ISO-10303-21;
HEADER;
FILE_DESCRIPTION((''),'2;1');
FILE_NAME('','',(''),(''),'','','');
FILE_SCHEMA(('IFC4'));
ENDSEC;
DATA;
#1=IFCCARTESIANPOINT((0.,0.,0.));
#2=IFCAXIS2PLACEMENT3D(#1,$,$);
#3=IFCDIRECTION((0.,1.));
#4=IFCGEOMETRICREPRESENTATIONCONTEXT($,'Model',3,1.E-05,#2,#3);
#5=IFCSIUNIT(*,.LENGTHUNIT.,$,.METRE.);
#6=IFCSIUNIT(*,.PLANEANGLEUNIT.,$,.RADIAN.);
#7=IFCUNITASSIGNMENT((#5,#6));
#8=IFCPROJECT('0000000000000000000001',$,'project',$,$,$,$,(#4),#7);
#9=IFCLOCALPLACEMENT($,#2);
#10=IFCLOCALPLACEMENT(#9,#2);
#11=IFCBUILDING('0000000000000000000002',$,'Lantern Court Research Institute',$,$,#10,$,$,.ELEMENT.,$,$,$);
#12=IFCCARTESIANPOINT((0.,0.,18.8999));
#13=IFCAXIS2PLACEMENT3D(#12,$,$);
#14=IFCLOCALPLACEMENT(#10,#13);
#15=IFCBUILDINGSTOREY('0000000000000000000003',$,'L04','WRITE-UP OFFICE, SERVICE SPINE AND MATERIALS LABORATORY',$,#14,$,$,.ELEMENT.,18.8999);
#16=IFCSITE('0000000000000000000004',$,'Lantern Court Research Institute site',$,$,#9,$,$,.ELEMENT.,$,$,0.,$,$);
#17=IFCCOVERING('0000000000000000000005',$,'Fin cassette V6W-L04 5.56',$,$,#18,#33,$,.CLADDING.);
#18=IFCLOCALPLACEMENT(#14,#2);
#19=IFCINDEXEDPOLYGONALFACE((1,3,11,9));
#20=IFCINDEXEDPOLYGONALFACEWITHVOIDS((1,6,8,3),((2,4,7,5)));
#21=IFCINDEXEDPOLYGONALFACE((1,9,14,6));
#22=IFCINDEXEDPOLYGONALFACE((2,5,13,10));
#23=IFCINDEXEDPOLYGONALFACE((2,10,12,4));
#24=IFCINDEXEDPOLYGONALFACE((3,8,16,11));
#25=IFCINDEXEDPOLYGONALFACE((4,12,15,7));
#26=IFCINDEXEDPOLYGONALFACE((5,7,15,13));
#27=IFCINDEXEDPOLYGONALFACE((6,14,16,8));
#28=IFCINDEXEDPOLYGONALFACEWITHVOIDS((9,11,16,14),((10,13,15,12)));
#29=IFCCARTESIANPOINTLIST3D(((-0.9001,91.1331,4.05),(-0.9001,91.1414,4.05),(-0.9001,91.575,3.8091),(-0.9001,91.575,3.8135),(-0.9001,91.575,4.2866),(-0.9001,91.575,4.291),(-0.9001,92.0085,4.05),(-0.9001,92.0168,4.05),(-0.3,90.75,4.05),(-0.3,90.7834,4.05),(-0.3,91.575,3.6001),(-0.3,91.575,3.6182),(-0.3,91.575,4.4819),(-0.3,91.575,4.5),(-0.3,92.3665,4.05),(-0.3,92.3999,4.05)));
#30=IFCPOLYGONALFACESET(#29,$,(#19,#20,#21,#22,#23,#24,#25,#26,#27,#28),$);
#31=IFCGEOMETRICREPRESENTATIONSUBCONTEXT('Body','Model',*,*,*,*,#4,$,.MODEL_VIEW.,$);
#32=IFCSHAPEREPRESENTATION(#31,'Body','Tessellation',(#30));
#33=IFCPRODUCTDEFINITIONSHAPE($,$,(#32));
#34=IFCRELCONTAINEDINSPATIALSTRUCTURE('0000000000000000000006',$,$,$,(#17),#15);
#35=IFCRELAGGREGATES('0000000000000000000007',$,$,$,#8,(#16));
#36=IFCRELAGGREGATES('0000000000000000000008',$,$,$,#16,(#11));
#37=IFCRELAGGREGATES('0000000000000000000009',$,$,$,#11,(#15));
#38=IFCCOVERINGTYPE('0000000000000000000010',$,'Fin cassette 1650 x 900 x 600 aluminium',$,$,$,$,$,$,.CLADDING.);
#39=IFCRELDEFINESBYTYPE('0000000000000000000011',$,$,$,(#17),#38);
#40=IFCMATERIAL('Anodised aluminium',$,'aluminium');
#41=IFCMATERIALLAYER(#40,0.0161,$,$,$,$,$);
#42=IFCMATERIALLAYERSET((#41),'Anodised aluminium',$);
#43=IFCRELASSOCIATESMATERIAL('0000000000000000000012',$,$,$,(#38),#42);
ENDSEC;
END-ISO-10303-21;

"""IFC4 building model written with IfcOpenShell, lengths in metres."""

from ifc_helpers import new_model, entity, si_unit, direction, frame, origin, place, context, subcontext, project, spatial, material, layer, layer_set, type_object, element, save


model = new_model("IFC4")

# Units and contexts
model_context = context("Model", 3, precision=1e-05, world=origin(), true_north=direction((0.0, 1.0)))
body_context = subcontext(model_context, "Body", "Model", "MODEL_VIEW")
ifc_project = project(units=[si_unit("LENGTHUNIT", "METRE"), si_unit("PLANEANGLEUNIT", "RADIAN")], contexts=[model_context])

# Site, building, storey
site_placement = place(None, origin())
site = spatial("IfcSite", under=ifc_project, at=site_placement, Name="Lantern Court Research Institute site", CompositionType="ELEMENT", RefElevation=0.0)
building_placement = place(site_placement, origin())
building = spatial("IfcBuilding", under=site, at=building_placement, Name="Lantern Court Research Institute", CompositionType="ELEMENT")
storey_placement = place(building_placement, frame((0.0, 0.0, 18.8999)))
storey = spatial("IfcBuildingStorey", under=building, at=storey_placement, Name="L04", Description="WRITE-UP OFFICE, SERVICE SPINE AND MATERIALS LABORATORY", CompositionType="ELEMENT", Elevation=18.8999)

# Covering
ifc_material_1 = material(Name="Anodised aluminium", Category="aluminium")
ifc_layer_1 = layer(ifc_material_1, 0.0161)
ifc_layer_set_1 = layer_set([ifc_layer_1], Name="Anodised aluminium")
covering_type_1 = type_object("IfcCoveringType", Name="Fin cassette 1650 x 900 x 600 aluminium", PredefinedType="CLADDING", material=ifc_layer_set_1)
covering_1_placement = place(storey_placement, frame((-0.3, 91.575, 4.05), z_axis=(-1.0, 0.0, 0.0), x_axis=(0.0, -1.0, 0.0)))
cartesian_point_1 = entity("IfcCartesianPoint", [0.825, 0.0])
cartesian_point_2 = entity("IfcCartesianPoint", [0.7915, 0.0])
cartesian_point_3 = entity("IfcCartesianPoint", [0.4419, 0.0])
cartesian_point_4 = entity("IfcCartesianPoint", [0.4336, 0.0])
element("IfcCovering", 1, at=covering_1_placement, inside=storey, type_object=covering_type_1, Name="Fin cassette V6W-L04 5.56", PredefinedType="CLADDING", context=body_context, shape_type="SweptSolid", body=[
    entity("IfcExtrudedAreaSolidTapered", entity("IfcArbitraryProfileDefWithVoids", "AREA", None, entity("IfcPolyline", [cartesian_point_1, entity("IfcCartesianPoint", [0.0, 0.45]), entity("IfcCartesianPoint", [-0.825, 0.0]), entity("IfcCartesianPoint", [0.0, -0.45]), cartesian_point_1]), [entity("IfcPolyline", [cartesian_point_2, entity("IfcCartesianPoint", [0.0, 0.4319]), entity("IfcCartesianPoint", [-0.7915, 0.0]), entity("IfcCartesianPoint", [0.0, -0.4319]), cartesian_point_2])]), entity("IfcAxis2Placement3D", entity("IfcCartesianPoint", [0.0, 0.0, 0.0])), entity("IfcDirection", [0.0, 0.0, 1.0]), 0.6001, entity("IfcArbitraryProfileDefWithVoids", "AREA", None, entity("IfcPolyline", [cartesian_point_3, entity("IfcCartesianPoint", [0.0, 0.241]), entity("IfcCartesianPoint", [-0.4419, 0.0]), entity("IfcCartesianPoint", [0.0, -0.241]), cartesian_point_3]), [entity("IfcPolyline", [cartesian_point_4, entity("IfcCartesianPoint", [0.0, 0.2366]), entity("IfcCartesianPoint", [-0.4336, 0.0]), entity("IfcCartesianPoint", [0.0, -0.2366]), cartesian_point_4])])),
])

save(model, "model.ifc")
